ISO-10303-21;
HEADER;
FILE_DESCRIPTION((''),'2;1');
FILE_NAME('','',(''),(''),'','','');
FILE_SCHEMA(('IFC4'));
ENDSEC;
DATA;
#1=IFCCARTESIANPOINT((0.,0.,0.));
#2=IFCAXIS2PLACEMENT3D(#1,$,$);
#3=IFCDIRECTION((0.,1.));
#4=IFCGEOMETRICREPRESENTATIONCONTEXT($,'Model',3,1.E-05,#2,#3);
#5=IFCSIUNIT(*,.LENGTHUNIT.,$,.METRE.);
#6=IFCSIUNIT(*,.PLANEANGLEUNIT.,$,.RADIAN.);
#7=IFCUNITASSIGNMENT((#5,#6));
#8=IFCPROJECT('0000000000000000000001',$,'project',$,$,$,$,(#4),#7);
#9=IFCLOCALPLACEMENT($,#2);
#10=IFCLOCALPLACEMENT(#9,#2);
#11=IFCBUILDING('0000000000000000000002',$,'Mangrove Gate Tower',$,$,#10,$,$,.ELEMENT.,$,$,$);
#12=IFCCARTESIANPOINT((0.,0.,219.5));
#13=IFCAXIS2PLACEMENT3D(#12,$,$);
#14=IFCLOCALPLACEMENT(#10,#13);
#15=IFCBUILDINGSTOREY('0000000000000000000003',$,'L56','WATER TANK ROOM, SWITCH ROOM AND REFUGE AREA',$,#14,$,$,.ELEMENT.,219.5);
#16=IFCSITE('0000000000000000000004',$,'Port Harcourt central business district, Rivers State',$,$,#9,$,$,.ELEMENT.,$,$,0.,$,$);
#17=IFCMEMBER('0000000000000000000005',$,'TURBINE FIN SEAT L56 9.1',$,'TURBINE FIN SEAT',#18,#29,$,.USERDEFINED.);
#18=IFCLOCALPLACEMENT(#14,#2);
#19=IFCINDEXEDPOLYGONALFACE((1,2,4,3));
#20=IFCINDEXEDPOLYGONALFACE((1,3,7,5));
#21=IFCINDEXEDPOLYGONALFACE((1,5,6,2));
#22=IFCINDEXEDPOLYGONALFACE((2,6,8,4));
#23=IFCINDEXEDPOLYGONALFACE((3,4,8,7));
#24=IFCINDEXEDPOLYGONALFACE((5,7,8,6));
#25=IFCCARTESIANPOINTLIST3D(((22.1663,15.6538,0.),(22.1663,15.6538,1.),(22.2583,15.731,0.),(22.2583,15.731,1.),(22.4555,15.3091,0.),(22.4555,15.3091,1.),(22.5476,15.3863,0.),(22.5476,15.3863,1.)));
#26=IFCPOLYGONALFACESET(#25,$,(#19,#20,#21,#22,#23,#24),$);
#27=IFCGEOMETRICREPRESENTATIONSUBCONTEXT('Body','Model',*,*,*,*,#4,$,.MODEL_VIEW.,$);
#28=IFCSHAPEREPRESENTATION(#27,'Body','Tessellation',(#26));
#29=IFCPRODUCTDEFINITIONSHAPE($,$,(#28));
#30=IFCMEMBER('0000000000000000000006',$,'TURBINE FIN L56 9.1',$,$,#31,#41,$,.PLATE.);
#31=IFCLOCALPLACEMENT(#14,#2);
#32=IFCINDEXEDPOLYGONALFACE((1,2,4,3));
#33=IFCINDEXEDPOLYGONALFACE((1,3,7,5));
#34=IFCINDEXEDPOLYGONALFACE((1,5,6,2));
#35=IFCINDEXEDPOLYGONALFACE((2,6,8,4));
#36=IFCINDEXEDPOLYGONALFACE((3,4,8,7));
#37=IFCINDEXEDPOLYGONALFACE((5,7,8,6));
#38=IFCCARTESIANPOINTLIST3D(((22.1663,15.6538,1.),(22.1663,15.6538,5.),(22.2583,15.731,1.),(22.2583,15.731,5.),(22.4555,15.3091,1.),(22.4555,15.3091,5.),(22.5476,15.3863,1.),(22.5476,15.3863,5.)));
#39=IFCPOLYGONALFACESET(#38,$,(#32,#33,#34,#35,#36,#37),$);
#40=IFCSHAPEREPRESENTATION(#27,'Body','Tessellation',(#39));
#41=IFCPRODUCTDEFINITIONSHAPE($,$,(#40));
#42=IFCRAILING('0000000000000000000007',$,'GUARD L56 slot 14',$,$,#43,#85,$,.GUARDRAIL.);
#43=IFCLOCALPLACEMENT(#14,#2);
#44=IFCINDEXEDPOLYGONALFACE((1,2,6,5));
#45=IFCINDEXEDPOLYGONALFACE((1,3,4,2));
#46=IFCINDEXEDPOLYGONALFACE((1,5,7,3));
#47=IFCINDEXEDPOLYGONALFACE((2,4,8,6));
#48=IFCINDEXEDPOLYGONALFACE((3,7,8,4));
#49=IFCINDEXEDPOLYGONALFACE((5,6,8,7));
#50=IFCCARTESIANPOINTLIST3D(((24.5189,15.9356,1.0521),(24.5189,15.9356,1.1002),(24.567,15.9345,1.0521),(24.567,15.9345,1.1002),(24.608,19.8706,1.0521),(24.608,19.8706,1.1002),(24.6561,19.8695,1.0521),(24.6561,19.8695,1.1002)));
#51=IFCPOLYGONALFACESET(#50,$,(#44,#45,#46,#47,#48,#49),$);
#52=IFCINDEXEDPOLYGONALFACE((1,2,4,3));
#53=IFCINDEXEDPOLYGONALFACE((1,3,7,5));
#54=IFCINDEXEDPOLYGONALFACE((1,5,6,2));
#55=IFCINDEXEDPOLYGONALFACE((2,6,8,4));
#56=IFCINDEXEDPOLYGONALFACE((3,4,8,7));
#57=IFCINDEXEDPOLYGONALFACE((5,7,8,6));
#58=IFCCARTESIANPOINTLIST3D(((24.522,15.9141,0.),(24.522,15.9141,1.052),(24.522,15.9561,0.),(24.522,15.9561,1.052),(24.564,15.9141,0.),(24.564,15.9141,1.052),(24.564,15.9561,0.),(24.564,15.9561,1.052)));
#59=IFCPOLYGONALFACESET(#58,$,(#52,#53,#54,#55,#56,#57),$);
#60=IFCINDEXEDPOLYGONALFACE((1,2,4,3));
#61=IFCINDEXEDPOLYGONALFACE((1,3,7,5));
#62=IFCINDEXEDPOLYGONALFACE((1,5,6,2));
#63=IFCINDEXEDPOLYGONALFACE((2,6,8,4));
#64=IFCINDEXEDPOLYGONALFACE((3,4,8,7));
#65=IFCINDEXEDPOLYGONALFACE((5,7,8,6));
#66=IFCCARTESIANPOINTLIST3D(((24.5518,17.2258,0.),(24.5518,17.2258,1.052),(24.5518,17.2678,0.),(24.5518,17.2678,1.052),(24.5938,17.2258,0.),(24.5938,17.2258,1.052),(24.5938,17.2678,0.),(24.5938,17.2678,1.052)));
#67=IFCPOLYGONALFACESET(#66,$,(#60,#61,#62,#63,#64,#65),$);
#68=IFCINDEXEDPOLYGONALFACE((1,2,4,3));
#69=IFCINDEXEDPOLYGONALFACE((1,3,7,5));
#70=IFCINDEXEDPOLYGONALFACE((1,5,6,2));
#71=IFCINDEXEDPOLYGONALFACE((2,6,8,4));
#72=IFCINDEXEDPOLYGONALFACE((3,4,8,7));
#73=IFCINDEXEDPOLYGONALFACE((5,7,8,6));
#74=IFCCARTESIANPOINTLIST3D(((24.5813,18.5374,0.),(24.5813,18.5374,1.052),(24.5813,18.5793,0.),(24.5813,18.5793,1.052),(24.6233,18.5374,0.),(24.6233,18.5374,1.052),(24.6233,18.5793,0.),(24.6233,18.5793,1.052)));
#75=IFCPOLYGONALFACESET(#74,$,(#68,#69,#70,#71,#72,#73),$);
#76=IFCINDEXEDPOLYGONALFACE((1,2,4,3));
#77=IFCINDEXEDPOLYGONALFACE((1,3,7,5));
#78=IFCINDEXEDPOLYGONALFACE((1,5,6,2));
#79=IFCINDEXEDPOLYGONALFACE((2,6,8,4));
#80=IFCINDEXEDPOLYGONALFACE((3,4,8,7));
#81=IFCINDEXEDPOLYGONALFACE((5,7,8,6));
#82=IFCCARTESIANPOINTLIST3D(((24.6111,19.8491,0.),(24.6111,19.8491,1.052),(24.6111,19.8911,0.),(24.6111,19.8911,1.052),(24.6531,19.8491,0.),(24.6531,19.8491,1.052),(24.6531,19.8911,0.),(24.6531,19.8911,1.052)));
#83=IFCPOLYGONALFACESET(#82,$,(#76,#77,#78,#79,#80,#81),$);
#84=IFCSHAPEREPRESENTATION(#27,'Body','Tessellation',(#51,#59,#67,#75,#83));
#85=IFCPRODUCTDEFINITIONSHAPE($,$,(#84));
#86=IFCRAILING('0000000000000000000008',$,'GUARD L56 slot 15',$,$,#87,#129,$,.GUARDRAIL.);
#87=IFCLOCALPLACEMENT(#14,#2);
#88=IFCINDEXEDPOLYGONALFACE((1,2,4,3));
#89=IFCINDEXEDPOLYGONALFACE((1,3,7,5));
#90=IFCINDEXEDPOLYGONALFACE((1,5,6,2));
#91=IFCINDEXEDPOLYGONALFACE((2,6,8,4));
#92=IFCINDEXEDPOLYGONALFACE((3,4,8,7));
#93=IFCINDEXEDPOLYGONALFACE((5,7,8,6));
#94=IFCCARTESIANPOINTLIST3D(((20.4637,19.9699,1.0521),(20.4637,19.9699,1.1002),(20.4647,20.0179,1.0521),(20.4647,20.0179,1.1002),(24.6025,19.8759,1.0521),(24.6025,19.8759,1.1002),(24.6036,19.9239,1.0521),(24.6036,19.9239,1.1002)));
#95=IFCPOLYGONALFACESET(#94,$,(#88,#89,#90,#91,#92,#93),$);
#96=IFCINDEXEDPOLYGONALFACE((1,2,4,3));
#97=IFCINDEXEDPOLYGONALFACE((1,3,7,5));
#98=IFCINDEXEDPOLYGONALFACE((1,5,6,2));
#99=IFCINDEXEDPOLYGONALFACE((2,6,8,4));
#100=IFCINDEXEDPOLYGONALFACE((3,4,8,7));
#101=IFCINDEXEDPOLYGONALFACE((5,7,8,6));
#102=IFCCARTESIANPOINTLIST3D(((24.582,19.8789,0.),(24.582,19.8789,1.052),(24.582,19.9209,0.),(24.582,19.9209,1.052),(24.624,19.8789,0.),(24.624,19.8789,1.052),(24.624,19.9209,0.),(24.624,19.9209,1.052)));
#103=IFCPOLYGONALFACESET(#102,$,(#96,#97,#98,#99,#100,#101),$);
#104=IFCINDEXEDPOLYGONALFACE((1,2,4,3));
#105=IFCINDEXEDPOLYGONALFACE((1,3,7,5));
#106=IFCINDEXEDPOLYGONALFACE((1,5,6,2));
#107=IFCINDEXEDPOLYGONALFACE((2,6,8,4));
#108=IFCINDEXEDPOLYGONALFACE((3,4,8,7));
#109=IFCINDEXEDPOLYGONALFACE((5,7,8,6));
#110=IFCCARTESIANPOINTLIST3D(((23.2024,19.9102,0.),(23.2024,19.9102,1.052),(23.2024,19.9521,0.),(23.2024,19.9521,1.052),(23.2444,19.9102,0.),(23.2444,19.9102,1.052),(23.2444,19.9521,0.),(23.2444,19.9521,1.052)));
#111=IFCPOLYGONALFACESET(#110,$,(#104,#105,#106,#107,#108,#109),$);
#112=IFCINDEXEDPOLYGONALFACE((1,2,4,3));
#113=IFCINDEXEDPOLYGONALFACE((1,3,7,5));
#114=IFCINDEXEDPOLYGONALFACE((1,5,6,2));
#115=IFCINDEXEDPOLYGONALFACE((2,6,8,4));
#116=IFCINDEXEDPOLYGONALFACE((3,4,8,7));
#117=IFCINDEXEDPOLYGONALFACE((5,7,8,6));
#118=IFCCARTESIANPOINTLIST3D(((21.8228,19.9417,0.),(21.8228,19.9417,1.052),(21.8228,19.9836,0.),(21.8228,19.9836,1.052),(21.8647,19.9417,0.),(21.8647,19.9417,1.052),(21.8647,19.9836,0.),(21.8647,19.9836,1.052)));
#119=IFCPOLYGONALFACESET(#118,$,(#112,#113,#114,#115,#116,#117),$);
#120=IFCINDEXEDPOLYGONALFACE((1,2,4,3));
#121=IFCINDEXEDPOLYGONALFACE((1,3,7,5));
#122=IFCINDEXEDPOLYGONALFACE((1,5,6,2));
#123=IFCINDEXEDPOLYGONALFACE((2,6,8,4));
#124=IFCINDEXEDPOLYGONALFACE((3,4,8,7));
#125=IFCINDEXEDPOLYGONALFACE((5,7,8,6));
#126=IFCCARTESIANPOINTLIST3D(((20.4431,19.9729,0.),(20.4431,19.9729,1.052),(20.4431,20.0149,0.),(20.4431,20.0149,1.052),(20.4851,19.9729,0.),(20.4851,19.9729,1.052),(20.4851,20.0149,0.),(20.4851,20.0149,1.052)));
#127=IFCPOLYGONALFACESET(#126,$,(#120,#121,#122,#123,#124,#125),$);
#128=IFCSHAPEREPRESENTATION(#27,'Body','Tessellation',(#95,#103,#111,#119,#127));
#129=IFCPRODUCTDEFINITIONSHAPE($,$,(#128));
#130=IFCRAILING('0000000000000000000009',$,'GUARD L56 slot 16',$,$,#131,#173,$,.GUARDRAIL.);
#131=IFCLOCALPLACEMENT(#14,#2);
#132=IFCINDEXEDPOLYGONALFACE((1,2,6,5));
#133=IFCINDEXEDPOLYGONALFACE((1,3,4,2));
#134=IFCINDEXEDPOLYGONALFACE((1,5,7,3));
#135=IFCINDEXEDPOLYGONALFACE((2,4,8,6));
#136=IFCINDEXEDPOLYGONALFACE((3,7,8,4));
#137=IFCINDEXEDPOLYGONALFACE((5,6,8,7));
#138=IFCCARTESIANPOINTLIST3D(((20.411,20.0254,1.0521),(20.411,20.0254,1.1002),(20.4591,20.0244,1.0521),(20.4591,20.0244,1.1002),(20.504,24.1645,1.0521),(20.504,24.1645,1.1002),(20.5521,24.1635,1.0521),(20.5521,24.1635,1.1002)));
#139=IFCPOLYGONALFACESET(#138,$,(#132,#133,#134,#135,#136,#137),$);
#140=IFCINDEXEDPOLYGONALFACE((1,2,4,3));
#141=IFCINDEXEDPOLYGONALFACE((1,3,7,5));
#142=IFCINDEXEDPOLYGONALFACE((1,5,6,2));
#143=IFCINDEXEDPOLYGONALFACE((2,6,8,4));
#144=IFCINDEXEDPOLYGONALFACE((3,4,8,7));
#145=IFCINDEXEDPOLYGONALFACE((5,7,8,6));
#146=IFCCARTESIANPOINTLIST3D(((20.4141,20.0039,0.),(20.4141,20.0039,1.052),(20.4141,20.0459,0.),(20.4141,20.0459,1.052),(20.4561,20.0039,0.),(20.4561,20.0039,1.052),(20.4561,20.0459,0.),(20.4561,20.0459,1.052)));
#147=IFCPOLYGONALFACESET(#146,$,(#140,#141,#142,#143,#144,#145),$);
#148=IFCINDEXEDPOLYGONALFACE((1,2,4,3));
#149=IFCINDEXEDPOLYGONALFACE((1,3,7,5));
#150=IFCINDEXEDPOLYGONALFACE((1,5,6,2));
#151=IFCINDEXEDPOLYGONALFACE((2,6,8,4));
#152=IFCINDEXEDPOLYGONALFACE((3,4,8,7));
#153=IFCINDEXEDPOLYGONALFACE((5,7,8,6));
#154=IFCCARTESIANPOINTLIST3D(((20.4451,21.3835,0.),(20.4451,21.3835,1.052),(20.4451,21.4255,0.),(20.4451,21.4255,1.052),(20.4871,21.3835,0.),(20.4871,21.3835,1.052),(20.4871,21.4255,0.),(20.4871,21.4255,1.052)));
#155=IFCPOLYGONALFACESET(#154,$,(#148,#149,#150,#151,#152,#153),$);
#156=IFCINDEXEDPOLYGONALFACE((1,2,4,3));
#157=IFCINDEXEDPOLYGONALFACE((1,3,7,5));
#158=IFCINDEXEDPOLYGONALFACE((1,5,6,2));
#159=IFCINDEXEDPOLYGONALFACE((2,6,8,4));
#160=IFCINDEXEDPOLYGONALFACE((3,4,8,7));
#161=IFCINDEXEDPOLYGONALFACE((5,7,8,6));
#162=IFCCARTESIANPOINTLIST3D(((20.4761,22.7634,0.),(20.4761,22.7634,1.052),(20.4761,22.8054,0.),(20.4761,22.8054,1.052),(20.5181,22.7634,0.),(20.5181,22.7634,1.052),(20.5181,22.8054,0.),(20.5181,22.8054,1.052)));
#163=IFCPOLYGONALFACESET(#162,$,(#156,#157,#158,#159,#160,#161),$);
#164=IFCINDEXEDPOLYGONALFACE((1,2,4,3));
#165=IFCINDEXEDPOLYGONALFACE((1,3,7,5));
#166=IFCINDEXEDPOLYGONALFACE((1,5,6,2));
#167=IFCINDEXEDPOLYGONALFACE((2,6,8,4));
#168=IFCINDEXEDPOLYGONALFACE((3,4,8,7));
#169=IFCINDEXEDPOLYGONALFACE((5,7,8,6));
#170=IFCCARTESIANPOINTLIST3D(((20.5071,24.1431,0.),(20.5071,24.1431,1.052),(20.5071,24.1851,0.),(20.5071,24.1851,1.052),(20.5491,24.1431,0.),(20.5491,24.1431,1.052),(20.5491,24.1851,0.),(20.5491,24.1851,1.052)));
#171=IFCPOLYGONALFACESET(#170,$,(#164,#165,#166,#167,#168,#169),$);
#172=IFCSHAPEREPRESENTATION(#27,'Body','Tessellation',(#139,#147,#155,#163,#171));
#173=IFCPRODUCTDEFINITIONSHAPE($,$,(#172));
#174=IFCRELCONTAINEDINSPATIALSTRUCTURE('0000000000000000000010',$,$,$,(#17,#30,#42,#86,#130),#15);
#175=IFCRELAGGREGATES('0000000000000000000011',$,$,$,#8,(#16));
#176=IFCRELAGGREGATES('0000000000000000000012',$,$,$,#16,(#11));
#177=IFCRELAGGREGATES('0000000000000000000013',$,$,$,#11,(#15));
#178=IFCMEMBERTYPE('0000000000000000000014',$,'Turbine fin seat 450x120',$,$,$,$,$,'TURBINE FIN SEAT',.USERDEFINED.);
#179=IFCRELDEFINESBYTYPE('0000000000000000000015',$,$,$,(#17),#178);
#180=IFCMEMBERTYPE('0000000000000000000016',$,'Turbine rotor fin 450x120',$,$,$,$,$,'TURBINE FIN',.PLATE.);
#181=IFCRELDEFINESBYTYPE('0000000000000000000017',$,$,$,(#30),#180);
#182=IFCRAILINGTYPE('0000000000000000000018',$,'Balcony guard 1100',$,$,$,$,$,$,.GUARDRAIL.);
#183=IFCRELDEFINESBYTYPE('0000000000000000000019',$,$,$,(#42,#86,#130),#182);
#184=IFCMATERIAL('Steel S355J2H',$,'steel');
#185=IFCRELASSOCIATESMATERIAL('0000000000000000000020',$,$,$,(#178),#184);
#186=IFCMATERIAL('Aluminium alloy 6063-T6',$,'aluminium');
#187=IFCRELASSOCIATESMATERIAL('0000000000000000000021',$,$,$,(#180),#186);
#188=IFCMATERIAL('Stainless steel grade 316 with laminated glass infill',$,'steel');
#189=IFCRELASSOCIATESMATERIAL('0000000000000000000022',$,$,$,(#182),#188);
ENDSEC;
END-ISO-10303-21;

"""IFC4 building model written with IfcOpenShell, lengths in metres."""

from ifc_helpers import new_model, si_unit, direction, frame, origin, origin_2d, place, context, subcontext, project, spatial, rectangle, extrude, material, material_profile, profile_set, type_object, element, save


model = new_model("IFC4")

# Units and contexts
model_context = context("Model", 3, precision=1e-05, world=origin(), true_north=direction((0.0, 1.0)))
body_context = subcontext(model_context, "Body", "Model", "MODEL_VIEW")
ifc_project = project(units=[si_unit("LENGTHUNIT", "METRE"), si_unit("PLANEANGLEUNIT", "RADIAN")], contexts=[model_context])

# Site, building, storey
site_placement = place(None, origin())
site = spatial("IfcSite", under=ifc_project, at=site_placement, Name="Port Harcourt central business district, Rivers State", CompositionType="ELEMENT", RefElevation=0.0)
building_placement = place(site_placement, origin())
building = spatial("IfcBuilding", under=site, at=building_placement, Name="Mangrove Gate Tower", CompositionType="ELEMENT")
storey_placement = place(building_placement, frame((0.0, 0.0, 219.5)))
storey = spatial("IfcBuildingStorey", under=building, at=storey_placement, Name="L56", Description="WATER TANK ROOM, SWITCH ROOM AND REFUGE AREA", CompositionType="ELEMENT", Elevation=219.5)

# Members
ifc_material_1 = material(Name="Steel S355J2H", Category="steel")
ifc_material_profile_1 = material_profile(ifc_material_1, rectangle(XDim=0.45, YDim=0.1201, at=origin_2d()))
ifc_profile_set_1 = profile_set([ifc_material_profile_1], Name="Steel S355J2H")
member_type_1 = type_object("IfcMemberType", Name="Turbine fin seat 450x120", ElementType="TURBINE FIN SEAT", PredefinedType="USERDEFINED", material=ifc_profile_set_1)
member_1_placement = place(storey_placement, frame((22.3569, 15.52, 0.0), z_axis=(0.0, 0.0, 1.0), x_axis=(-0.642788, 0.766044, 0.0)))
element("IfcMember", 1, at=member_1_placement, inside=storey, type_object=member_type_1, Name="TURBINE FIN SEAT L56 9.1", ObjectType="TURBINE FIN SEAT", PredefinedType="USERDEFINED", context=body_context, shape_type="SweptSolid", body=[
    extrude(rectangle(XDim=0.45, YDim=0.1201, at=origin_2d()), origin(), (0.0, 0.0, 1.0), 1.0),
])
ifc_material_2 = material(Name="Aluminium alloy 6063-T6", Category="aluminium")
ifc_material_profile_2 = material_profile(ifc_material_2, rectangle(XDim=0.45, YDim=0.1201, at=origin_2d()))
ifc_profile_set_2 = profile_set([ifc_material_profile_2], Name="Aluminium alloy 6063-T6")
member_type_2 = type_object("IfcMemberType", Name="Turbine rotor fin 450x120", ElementType="TURBINE FIN", PredefinedType="PLATE", material=ifc_profile_set_2)
member_2_placement = place(storey_placement, frame((22.3569, 15.52, 1.0), z_axis=(0.0, 0.0, 1.0), x_axis=(-0.642788, 0.766044, 0.0)))
element("IfcMember", 2, at=member_2_placement, inside=storey, type_object=member_type_2, Name="TURBINE FIN L56 9.1", PredefinedType="PLATE", context=body_context, shape_type="SweptSolid", body=[
    extrude(rectangle(XDim=0.45, YDim=0.1201, at=origin_2d()), origin(), (0.0, 0.0, 1.0), 4.0),
])

# Railings
ifc_material_3 = material(Name="Stainless steel grade 316 with laminated glass infill", Category="steel")
railing_type = type_object("IfcRailingType", Name="Balcony guard 1100", PredefinedType="GUARDRAIL", material=ifc_material_3)
railing_1_placement = place(storey_placement, frame((24.543, 15.9351, 0.0)))
element("IfcRailing", 3, at=railing_1_placement, inside=storey, type_object=railing_type, Name="GUARD L56 slot 14", PredefinedType="GUARDRAIL", context=body_context, shape_type="SweptSolid", body=[
    extrude(rectangle(XDim=0.0481, YDim=0.0481, at=origin_2d()), frame((0.0, 0.0, 1.0762), z_axis=(0.02264, 0.999744, 0.0), x_axis=(-0.999744, 0.02264, 0.0)), (0.0, 0.0, 1.0), 3.936),
    extrude(rectangle(XDim=0.042, YDim=0.042, at=origin_2d()), origin(), (0.0, 0.0, 1.0), 1.052),
    extrude(rectangle(XDim=0.042, YDim=0.042, at=origin_2d()), frame((0.0298, 1.3118, 0.0)), (0.0, 0.0, 1.0), 1.052),
    extrude(rectangle(XDim=0.042, YDim=0.042, at=origin_2d()), frame((0.0593, 2.6233, 0.0)), (0.0, 0.0, 1.0), 1.052),
    extrude(rectangle(XDim=0.042, YDim=0.042, at=origin_2d()), frame((0.0891, 3.9351, 0.0)), (0.0, 0.0, 1.0), 1.052),
])
railing_2_placement = place(storey_placement, frame((24.603, 19.8999, 0.0)))
element("IfcRailing", 4, at=railing_2_placement, inside=storey, type_object=railing_type, Name="GUARD L56 slot 15", PredefinedType="GUARDRAIL", context=body_context, shape_type="SweptSolid", body=[
    extrude(rectangle(XDim=0.0481, YDim=0.0481, at=origin_2d()), frame((0.0, 0.0, 1.0762), z_axis=(-0.999742, 0.022704, 0.0), x_axis=(-0.022704, -0.999742, 0.0)), (0.0, 0.0, 1.0), 4.1399),
    extrude(rectangle(XDim=0.042, YDim=0.042, at=origin_2d()), origin(), (0.0, 0.0, 1.0), 1.052),
    extrude(rectangle(XDim=0.042, YDim=0.042, at=origin_2d()), frame((-1.3796, 0.0312, 0.0)), (0.0, 0.0, 1.0), 1.052),
    extrude(rectangle(XDim=0.042, YDim=0.042, at=origin_2d()), frame((-2.7593, 0.0627, 0.0)), (0.0, 0.0, 1.0), 1.052),
    extrude(rectangle(XDim=0.042, YDim=0.042, at=origin_2d()), frame((-4.1389, 0.094, 0.0)), (0.0, 0.0, 1.0), 1.052),
])
railing_3_placement = place(storey_placement, frame((20.4351, 20.0249, 0.0)))
element("IfcRailing", 5, at=railing_3_placement, inside=storey, type_object=railing_type, Name="GUARD L56 slot 16", PredefinedType="GUARDRAIL", context=body_context, shape_type="SweptSolid", body=[
    extrude(rectangle(XDim=0.0481, YDim=0.0481, at=origin_2d()), frame((0.0, 0.0, 1.0762), z_axis=(0.022467, 0.999748, 0.0), x_axis=(-0.999748, 0.022467, 0.0)), (0.0, 0.0, 1.0), 4.1401),
    extrude(rectangle(XDim=0.042, YDim=0.042, at=origin_2d()), origin(), (0.0, 0.0, 1.0), 1.052),
    extrude(rectangle(XDim=0.042, YDim=0.042, at=origin_2d()), frame((0.031, 1.3796, 0.0)), (0.0, 0.0, 1.0), 1.052),
    extrude(rectangle(XDim=0.042, YDim=0.042, at=origin_2d()), frame((0.062, 2.7595, 0.0)), (0.0, 0.0, 1.0), 1.052),
    extrude(rectangle(XDim=0.042, YDim=0.042, at=origin_2d()), frame((0.093, 4.1392, 0.0)), (0.0, 0.0, 1.0), 1.052),
])

save(model, "model.ifc")
